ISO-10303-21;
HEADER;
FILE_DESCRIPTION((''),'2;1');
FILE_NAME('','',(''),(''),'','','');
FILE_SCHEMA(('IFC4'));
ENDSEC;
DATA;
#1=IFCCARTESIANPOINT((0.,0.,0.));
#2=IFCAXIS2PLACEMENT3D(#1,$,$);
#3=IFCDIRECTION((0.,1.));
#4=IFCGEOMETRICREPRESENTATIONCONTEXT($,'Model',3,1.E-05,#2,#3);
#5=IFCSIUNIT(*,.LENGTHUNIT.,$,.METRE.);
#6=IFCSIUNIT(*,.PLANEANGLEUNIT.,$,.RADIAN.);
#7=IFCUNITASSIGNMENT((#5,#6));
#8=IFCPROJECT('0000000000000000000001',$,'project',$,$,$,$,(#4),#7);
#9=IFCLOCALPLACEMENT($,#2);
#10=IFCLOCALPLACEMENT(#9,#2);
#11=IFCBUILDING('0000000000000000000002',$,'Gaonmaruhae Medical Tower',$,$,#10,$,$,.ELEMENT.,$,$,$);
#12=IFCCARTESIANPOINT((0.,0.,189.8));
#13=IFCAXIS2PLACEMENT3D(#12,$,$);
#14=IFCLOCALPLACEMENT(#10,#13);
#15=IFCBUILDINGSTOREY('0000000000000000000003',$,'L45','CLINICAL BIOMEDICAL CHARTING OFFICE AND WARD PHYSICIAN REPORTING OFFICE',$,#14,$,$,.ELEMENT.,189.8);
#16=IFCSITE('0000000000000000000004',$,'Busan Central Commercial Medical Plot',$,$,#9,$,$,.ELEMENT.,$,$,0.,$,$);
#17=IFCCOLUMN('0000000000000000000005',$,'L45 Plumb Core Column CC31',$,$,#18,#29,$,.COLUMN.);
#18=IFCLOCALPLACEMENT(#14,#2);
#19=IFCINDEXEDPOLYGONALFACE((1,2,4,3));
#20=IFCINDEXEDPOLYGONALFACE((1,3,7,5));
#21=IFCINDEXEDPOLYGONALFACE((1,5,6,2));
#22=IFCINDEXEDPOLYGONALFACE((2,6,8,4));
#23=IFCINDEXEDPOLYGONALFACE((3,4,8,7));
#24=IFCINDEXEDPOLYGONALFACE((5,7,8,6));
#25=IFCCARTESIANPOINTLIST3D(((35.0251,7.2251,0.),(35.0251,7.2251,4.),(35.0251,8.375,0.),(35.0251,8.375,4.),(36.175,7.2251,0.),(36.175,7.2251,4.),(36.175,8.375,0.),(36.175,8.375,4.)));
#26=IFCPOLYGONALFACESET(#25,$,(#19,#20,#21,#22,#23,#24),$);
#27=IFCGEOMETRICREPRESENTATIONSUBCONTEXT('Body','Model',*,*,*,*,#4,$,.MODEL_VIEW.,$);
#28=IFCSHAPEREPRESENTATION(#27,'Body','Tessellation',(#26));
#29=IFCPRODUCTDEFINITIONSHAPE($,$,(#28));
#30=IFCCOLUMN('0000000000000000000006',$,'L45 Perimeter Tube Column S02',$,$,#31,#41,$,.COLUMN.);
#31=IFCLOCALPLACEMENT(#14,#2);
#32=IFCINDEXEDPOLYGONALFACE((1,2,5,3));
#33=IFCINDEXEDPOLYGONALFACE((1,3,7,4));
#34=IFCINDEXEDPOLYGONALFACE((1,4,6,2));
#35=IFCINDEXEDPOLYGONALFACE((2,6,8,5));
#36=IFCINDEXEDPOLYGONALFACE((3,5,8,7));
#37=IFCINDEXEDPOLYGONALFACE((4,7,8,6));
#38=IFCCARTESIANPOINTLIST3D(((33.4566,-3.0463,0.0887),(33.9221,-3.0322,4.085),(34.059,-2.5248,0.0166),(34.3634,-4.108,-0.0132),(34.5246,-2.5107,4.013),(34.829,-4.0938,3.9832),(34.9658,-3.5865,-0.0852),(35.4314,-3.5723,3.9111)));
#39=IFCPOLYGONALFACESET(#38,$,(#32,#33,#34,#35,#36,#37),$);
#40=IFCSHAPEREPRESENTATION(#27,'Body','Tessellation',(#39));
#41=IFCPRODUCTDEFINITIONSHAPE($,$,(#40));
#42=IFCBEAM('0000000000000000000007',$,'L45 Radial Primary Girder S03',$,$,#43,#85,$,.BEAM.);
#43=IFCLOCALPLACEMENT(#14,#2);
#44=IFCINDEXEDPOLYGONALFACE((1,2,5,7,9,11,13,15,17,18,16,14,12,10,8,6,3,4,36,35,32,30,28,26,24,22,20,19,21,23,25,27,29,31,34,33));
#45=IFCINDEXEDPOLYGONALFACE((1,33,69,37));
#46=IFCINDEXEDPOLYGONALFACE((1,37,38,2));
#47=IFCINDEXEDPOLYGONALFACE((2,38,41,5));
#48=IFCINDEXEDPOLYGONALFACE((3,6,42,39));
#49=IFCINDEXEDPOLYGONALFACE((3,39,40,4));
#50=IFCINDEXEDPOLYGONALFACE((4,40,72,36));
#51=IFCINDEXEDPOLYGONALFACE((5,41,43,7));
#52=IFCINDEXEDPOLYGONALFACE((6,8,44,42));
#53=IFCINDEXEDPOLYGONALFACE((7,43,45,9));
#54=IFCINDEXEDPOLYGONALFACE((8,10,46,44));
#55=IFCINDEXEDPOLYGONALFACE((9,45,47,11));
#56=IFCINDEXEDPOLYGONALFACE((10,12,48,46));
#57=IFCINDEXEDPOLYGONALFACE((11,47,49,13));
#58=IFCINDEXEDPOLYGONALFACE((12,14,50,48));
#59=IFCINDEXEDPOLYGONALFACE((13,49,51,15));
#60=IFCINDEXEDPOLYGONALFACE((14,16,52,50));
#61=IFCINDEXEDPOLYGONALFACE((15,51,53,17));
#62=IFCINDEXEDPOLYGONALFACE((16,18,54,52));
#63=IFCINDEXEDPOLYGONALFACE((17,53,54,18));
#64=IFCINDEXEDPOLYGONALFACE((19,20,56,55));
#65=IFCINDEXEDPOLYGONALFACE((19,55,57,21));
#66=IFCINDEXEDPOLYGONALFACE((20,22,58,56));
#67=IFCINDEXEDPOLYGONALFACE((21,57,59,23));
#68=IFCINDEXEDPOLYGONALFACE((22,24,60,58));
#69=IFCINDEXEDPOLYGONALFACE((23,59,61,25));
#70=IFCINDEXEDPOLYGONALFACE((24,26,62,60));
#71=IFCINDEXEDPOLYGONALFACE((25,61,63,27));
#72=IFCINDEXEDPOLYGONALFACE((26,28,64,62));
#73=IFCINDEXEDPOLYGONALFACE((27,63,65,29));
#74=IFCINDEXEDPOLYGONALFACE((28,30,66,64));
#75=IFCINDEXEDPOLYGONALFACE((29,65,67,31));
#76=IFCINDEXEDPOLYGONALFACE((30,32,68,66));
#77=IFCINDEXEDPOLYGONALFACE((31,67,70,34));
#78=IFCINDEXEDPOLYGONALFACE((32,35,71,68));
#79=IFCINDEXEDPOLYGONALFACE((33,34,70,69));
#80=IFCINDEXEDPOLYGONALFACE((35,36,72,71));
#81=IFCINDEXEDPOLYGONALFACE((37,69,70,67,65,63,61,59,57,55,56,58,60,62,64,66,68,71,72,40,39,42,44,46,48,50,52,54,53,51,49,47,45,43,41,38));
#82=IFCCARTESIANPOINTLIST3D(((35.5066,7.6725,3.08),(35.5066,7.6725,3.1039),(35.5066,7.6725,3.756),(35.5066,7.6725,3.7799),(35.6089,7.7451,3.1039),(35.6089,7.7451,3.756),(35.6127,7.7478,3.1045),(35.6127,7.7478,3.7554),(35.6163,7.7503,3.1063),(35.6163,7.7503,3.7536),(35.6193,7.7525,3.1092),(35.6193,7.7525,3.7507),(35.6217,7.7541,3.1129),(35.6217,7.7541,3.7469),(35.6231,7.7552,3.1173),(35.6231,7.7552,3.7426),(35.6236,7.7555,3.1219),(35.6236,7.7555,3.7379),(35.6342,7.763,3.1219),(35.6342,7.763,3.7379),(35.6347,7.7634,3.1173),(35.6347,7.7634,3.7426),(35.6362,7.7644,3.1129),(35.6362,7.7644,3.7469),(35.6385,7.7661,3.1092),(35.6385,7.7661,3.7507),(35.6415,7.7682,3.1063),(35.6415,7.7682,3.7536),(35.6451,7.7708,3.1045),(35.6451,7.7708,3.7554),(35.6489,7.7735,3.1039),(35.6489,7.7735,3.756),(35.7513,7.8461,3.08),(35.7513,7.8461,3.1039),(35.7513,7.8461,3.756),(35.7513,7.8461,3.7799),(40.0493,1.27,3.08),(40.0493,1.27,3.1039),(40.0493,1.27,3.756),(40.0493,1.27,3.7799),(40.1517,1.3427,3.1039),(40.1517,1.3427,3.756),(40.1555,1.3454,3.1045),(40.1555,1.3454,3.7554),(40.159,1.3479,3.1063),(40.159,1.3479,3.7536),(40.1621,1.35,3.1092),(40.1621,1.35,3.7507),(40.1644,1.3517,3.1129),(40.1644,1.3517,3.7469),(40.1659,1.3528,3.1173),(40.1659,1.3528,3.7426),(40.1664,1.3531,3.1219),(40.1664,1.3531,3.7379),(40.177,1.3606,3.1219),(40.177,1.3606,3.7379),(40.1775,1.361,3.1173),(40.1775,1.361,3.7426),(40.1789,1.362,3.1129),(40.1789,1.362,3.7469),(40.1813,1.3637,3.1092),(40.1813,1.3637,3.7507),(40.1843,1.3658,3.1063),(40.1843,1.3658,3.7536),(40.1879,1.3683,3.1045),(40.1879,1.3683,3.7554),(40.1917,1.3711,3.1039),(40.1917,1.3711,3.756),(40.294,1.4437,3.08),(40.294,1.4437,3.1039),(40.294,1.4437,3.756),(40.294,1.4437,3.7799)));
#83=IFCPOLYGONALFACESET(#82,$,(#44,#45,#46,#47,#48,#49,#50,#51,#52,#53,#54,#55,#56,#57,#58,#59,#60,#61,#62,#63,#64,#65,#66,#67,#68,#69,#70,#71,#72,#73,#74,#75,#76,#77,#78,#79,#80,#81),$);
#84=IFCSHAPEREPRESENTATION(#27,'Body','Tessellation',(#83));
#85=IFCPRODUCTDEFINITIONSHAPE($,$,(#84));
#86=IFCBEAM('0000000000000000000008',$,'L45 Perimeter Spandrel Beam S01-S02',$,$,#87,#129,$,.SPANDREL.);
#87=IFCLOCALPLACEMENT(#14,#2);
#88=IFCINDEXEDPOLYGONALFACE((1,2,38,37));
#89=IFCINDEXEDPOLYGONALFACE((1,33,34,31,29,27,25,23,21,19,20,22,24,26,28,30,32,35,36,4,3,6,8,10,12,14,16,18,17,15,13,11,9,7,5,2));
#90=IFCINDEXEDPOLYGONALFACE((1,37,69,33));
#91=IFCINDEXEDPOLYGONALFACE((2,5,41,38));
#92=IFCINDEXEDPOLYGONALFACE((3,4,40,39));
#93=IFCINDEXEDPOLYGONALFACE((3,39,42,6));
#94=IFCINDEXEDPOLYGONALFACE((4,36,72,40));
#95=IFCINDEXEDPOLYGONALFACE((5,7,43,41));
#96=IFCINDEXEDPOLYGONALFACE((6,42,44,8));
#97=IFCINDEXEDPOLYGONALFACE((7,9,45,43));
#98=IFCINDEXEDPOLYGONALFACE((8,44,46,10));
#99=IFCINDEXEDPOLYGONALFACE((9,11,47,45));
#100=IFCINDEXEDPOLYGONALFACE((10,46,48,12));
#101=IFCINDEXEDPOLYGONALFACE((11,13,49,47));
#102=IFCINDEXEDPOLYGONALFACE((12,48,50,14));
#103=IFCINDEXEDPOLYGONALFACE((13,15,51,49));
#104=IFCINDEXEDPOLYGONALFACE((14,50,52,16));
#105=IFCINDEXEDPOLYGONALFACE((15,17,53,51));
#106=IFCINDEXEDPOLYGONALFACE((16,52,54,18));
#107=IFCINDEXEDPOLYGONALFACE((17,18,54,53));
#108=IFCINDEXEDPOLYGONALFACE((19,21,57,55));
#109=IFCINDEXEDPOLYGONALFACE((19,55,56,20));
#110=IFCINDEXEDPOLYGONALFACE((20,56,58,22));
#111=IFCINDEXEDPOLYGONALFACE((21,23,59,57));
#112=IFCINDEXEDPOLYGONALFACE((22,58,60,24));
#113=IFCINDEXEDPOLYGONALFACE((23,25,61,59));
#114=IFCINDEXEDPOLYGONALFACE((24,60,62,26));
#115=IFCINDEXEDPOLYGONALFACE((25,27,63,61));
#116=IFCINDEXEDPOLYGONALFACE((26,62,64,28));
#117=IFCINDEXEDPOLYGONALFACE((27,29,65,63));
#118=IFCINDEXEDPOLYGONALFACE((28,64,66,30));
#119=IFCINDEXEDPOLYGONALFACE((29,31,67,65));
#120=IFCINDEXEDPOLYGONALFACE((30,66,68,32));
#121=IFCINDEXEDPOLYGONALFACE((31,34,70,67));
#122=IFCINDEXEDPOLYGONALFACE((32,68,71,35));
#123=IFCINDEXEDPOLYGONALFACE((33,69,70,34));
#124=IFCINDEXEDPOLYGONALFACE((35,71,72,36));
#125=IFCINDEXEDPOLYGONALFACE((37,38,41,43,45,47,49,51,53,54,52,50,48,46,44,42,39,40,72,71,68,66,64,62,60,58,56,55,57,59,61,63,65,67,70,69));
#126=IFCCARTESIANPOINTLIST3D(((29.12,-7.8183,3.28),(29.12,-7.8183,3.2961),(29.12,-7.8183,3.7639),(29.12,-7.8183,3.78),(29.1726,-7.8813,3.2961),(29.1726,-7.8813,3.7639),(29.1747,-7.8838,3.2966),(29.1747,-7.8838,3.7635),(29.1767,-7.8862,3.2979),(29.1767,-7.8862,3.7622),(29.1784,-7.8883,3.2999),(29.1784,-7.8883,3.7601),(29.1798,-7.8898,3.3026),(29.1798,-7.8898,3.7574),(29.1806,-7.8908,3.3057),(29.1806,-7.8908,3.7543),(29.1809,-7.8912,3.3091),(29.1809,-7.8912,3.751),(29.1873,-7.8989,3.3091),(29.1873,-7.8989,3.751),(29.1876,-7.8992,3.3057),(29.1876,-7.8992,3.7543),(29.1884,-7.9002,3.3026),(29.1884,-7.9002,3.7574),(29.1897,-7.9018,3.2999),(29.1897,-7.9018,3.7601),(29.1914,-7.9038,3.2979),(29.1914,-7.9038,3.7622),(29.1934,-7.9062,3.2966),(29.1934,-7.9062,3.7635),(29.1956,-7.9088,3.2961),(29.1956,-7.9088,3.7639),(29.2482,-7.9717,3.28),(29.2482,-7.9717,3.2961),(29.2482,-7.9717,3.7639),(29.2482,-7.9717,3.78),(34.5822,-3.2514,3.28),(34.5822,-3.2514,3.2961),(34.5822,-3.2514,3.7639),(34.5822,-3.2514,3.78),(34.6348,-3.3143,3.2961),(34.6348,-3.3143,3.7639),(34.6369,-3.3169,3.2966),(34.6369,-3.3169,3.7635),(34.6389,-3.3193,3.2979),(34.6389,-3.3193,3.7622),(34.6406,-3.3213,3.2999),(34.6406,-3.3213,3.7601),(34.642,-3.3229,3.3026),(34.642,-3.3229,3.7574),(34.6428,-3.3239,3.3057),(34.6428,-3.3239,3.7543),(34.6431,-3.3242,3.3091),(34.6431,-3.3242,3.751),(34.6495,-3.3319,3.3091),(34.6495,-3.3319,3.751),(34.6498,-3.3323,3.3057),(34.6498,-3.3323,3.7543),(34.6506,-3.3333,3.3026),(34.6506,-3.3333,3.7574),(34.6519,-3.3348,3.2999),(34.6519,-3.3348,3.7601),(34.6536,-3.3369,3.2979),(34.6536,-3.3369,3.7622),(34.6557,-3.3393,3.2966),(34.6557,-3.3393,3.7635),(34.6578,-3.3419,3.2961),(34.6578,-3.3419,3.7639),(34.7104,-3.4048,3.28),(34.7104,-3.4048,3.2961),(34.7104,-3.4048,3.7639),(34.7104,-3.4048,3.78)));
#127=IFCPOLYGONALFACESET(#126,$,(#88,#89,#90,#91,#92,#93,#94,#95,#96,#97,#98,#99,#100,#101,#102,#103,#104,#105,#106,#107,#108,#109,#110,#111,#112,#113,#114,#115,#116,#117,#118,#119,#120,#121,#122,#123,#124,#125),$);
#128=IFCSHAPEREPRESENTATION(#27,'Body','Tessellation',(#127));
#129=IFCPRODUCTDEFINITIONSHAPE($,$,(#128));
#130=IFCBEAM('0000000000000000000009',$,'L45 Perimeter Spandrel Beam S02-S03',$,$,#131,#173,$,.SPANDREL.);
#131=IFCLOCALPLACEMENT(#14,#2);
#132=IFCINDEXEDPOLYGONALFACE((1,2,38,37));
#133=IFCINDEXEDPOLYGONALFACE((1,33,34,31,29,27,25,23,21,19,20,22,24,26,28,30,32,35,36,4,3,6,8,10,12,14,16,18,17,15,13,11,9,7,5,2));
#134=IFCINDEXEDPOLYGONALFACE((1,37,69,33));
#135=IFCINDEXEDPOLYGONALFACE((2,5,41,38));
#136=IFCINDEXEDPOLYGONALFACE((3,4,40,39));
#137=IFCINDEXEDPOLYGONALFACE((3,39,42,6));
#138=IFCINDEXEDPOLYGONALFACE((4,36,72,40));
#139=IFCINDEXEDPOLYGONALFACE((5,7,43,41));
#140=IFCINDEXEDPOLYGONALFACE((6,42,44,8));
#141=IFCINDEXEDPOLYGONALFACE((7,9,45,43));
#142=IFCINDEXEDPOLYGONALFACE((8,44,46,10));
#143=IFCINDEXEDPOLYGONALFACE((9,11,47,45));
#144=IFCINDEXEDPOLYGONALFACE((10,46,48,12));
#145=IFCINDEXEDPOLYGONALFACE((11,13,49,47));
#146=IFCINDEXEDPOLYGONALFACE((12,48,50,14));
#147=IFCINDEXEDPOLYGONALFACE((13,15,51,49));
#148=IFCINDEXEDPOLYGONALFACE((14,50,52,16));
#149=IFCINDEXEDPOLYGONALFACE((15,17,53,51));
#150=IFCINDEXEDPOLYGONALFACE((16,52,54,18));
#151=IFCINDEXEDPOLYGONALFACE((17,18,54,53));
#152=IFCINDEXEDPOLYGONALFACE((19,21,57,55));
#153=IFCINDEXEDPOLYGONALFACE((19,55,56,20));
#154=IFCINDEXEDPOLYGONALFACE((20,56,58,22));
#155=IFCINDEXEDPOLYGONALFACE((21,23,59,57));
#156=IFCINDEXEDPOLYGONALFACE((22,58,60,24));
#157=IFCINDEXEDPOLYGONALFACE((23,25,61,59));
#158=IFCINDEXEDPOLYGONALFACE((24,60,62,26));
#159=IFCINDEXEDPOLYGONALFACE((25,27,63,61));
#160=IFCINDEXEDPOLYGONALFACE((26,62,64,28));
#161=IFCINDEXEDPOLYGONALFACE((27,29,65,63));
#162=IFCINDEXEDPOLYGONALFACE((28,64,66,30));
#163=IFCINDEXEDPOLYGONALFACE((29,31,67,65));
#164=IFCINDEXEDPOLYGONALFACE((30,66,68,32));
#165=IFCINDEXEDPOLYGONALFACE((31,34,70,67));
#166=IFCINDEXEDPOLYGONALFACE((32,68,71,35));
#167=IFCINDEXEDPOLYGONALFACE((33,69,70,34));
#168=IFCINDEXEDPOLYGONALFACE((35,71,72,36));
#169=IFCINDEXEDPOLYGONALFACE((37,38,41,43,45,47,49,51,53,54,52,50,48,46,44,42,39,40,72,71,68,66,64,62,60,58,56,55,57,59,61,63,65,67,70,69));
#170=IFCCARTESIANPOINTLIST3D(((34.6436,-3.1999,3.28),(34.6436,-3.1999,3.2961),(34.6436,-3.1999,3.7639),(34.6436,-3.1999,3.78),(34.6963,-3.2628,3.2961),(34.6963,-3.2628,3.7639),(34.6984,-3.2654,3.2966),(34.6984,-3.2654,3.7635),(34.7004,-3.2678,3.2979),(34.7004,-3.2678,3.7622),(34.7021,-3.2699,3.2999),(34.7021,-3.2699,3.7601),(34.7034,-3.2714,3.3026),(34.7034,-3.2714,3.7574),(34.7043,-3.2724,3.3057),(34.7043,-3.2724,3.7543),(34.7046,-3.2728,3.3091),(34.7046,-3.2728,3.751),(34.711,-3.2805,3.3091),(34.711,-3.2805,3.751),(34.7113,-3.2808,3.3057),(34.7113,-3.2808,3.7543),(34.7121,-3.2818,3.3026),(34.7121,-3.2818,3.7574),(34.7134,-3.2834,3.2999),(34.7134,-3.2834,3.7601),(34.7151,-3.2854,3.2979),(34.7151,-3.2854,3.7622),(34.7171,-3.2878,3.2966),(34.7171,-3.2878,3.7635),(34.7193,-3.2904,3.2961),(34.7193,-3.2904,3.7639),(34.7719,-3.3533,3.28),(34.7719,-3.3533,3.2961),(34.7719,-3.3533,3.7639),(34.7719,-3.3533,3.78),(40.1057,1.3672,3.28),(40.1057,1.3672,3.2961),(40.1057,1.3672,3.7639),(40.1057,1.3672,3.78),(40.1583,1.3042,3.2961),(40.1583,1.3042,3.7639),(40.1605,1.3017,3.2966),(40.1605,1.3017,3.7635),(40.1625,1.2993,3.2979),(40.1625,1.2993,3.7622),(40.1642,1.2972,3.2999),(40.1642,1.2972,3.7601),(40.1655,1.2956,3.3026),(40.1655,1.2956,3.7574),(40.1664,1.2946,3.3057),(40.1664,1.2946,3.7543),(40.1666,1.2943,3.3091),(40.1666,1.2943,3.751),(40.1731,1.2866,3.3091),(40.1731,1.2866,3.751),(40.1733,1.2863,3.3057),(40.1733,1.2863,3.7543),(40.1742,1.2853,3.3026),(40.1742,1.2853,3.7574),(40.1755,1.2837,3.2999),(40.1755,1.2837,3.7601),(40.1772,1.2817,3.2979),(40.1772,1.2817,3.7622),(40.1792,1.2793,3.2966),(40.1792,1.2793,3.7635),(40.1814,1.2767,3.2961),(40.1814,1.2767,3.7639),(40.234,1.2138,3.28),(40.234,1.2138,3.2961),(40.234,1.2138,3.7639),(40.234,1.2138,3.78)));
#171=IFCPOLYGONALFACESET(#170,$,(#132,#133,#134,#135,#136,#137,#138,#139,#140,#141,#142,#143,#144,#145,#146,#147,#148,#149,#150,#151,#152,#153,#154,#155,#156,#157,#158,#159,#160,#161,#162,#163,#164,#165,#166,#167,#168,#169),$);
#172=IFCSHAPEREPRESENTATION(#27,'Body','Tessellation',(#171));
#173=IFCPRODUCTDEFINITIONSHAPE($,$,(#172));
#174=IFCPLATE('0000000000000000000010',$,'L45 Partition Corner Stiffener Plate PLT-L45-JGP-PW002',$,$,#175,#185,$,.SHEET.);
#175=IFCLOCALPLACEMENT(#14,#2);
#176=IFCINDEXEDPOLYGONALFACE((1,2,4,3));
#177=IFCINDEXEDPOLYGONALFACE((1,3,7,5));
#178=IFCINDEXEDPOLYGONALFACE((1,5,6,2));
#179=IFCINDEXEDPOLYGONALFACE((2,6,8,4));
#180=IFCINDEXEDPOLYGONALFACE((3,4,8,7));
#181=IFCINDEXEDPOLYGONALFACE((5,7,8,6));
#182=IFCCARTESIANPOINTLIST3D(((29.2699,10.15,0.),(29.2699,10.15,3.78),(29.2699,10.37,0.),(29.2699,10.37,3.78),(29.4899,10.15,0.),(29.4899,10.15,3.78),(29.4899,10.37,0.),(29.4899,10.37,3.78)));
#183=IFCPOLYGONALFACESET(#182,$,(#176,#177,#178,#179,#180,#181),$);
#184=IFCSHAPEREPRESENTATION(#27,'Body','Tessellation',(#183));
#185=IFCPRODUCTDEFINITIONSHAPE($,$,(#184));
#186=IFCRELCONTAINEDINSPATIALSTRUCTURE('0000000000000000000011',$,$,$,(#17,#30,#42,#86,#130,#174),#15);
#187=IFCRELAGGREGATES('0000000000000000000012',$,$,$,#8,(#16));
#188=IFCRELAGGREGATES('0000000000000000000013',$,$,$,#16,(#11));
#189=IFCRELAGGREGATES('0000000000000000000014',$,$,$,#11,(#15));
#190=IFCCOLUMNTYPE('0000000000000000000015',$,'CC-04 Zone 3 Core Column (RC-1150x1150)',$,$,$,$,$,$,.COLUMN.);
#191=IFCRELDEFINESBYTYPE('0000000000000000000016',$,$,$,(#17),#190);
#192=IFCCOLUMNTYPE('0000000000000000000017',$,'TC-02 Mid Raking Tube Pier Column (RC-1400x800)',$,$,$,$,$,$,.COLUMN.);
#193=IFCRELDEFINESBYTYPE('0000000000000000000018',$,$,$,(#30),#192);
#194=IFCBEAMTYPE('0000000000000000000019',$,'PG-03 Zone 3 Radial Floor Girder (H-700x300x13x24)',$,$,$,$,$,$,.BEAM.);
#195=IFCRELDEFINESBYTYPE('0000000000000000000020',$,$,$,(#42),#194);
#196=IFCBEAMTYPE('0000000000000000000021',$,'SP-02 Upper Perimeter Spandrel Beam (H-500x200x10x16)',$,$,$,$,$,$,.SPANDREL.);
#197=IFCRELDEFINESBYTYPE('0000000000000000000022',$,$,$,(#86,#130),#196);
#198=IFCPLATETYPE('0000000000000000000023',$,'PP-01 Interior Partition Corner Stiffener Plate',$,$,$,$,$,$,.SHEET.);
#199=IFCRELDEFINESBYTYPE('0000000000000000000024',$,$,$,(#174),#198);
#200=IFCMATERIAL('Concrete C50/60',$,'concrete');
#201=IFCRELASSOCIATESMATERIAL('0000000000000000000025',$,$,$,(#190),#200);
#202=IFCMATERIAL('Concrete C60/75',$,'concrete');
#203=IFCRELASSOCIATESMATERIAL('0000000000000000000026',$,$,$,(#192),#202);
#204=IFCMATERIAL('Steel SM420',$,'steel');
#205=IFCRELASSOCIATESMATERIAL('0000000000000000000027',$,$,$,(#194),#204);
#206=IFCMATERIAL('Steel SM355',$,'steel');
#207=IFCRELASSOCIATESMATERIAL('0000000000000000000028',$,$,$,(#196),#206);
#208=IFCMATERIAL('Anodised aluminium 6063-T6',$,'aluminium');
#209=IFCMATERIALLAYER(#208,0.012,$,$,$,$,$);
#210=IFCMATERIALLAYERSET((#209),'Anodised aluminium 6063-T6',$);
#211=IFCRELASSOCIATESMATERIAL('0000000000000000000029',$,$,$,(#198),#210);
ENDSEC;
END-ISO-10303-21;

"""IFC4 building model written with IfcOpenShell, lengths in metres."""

from ifc_helpers import new_model, si_unit, direction, frame, origin, origin_2d, place, context, subcontext, project, spatial, rectangle, i_section, extrude, material, layer, layer_set, material_profile, profile_set, type_object, element, save


model = new_model("IFC4")

# Units and contexts
model_context = context("Model", 3, precision=1e-05, world=origin(), true_north=direction((0.0, 1.0)))
body_context = subcontext(model_context, "Body", "Model", "MODEL_VIEW")
ifc_project = project(units=[si_unit("LENGTHUNIT", "METRE"), si_unit("PLANEANGLEUNIT", "RADIAN")], contexts=[model_context])

# Site, building, storey
site_placement = place(None, origin())
site = spatial("IfcSite", under=ifc_project, at=site_placement, Name="Busan Central Commercial Medical Plot", CompositionType="ELEMENT", RefElevation=0.0)
building_placement = place(site_placement, origin())
building = spatial("IfcBuilding", under=site, at=building_placement, Name="Gaonmaruhae Medical Tower", CompositionType="ELEMENT")
storey_placement = place(building_placement, frame((0.0, 0.0, 189.8)))
storey = spatial("IfcBuildingStorey", under=building, at=storey_placement, Name="L45", Description="CLINICAL BIOMEDICAL CHARTING OFFICE AND WARD PHYSICIAN REPORTING OFFICE", CompositionType="ELEMENT", Elevation=189.8)

# Columns
ifc_material_1 = material(Name="Concrete C50/60", Category="concrete")
ifc_material_profile_1 = material_profile(ifc_material_1, rectangle(XDim=1.1499, YDim=1.1499, at=origin_2d()), Name="RC-1150x1150")
ifc_profile_set_1 = profile_set([ifc_material_profile_1], Name="Concrete C50/60")
column_type_1 = type_object("IfcColumnType", Name="CC-04 Zone 3 Core Column (RC-1150x1150)", PredefinedType="COLUMN", material=ifc_profile_set_1)
column_1_placement = place(storey_placement, frame((35.6001, 7.8, 0.0), z_axis=(0.0, 0.0, 1.0), x_axis=(1.0, 0.0, 0.0)))
element("IfcColumn", 1, at=column_1_placement, inside=storey, type_object=column_type_1, Name="L45 Plumb Core Column CC31", PredefinedType="COLUMN", context=body_context, shape_type="SweptSolid", body=[
    extrude(rectangle(XDim=1.1499, YDim=1.1499, at=origin_2d()), origin(), (0.0, 0.0, 1.0), 4.0),
])
ifc_material_2 = material(Name="Concrete C60/75", Category="concrete")
ifc_material_profile_2 = material_profile(ifc_material_2, rectangle(XDim=1.3999, YDim=0.8, at=origin_2d()), Name="RC-1400x800")
ifc_profile_set_2 = profile_set([ifc_material_profile_2], Name="Concrete C60/75")
column_type_2 = type_object("IfcColumnType", Name="TC-02 Mid Raking Tube Pier Column (RC-1400x800)", PredefinedType="COLUMN", material=ifc_profile_set_2)
column_2_placement = place(storey_placement, frame((34.2112, -3.3164, 0.0017), z_axis=(0.115717, 0.003519, 0.993276), x_axis=(-0.647768, 0.758353, 0.072778)))
element("IfcColumn", 2, at=column_2_placement, inside=storey, type_object=column_type_2, Name="L45 Perimeter Tube Column S02", PredefinedType="COLUMN", context=body_context, shape_type="SweptSolid", body=[
    extrude(rectangle(XDim=1.3999, YDim=0.8, at=origin_2d()), origin(), (0.0, 0.0, 1.0), 4.0234),
])

# Beams
ifc_material_3 = material(Name="Steel SM420", Category="steel")
ifc_material_profile_3 = material_profile(ifc_material_3, i_section(OverallWidth=0.3, OverallDepth=0.7, WebThickness=0.0129, FlangeThickness=0.0239, FilletRadius=0.0181, at=origin_2d()), Name="H-700x300x13x24")
ifc_profile_set_3 = profile_set([ifc_material_profile_3], Name="Steel SM420")
beam_type_1 = type_object("IfcBeamType", Name="PG-03 Zone 3 Radial Floor Girder (H-700x300x13x24)", PredefinedType="BEAM", material=ifc_profile_set_3)
beam_placement = place(storey_placement, frame((35.6289, 7.7593, 3.4299), z_axis=(0.578673, -0.81556, 0.0), x_axis=(0.81556, 0.578673, 0.0)))
element("IfcBeam", 3, at=beam_placement, inside=storey, type_object=beam_type_1, Name="L45 Radial Primary Girder S03", PredefinedType="BEAM", context=body_context, shape_type="SweptSolid", body=[
    extrude(i_section(OverallWidth=0.3, OverallDepth=0.7, WebThickness=0.0129, FlangeThickness=0.0239, FilletRadius=0.0181, at=origin_2d()), origin(), (0.0, 0.0, 1.0), 7.8503),
])
ifc_material_4 = material(Name="Steel SM355", Category="steel")
ifc_material_profile_4 = material_profile(ifc_material_4, i_section(OverallWidth=0.2, OverallDepth=0.5, WebThickness=0.01, FlangeThickness=0.0161, FilletRadius=0.0129, at=origin_2d()), Name="H-500x200x10x16")
ifc_profile_set_4 = profile_set([ifc_material_profile_4], Name="Steel SM355")
beam_type_2 = type_object("IfcBeamType", Name="SP-02 Upper Perimeter Spandrel Beam (H-500x200x10x16)", PredefinedType="SPANDREL", material=ifc_profile_set_4)
for number, where, z_axis, x_axis, name in (
    (4, (29.1841, -7.895, 3.53), (0.767177, 0.641435, 0.0), (-0.641435, 0.767177, 0.0), "L45 Perimeter Spandrel Beam S01-S02"),
    (5, (34.7078, -3.2766, 3.53), (0.767161, 0.641455, 0.0), (-0.641455, 0.767161, 0.0), "L45 Perimeter Spandrel Beam S02-S03"),
):
    element("IfcBeam", number, at=place(storey_placement, frame(where, z_axis=z_axis, x_axis=x_axis)), inside=storey, type_object=beam_type_2, Name=name, PredefinedType="SPANDREL", context=body_context, shape_type="SweptSolid", body=[
        extrude(i_section(OverallWidth=0.2, OverallDepth=0.5, WebThickness=0.01, FlangeThickness=0.0161, FilletRadius=0.0129, at=origin_2d()), origin(), (0.0, 0.0, 1.0), 7.1199),
    ])

# Plate
ifc_material_5 = material(Name="Anodised aluminium 6063-T6", Category="aluminium")
ifc_layer_1 = layer(ifc_material_5, 0.012)
ifc_layer_set_1 = layer_set([ifc_layer_1], Name="Anodised aluminium 6063-T6")
plate_type = type_object("IfcPlateType", Name="PP-01 Interior Partition Corner Stiffener Plate", PredefinedType="SHEET", material=ifc_layer_set_1)
plate_1_placement = place(storey_placement, frame((29.3799, 10.26, 0.0), z_axis=(0.0, 0.0, 1.0), x_axis=(0.0, -1.0, 0.0)))
element("IfcPlate", 6, at=plate_1_placement, inside=storey, type_object=plate_type, Name="L45 Partition Corner Stiffener Plate PLT-L45-JGP-PW002", PredefinedType="SHEET", context=body_context, shape_type="SweptSolid", body=[
    extrude(rectangle(XDim=0.22, YDim=0.22, at=origin_2d()), origin(), (0.0, 0.0, 1.0), 3.78),
])

save(model, "model.ifc")
